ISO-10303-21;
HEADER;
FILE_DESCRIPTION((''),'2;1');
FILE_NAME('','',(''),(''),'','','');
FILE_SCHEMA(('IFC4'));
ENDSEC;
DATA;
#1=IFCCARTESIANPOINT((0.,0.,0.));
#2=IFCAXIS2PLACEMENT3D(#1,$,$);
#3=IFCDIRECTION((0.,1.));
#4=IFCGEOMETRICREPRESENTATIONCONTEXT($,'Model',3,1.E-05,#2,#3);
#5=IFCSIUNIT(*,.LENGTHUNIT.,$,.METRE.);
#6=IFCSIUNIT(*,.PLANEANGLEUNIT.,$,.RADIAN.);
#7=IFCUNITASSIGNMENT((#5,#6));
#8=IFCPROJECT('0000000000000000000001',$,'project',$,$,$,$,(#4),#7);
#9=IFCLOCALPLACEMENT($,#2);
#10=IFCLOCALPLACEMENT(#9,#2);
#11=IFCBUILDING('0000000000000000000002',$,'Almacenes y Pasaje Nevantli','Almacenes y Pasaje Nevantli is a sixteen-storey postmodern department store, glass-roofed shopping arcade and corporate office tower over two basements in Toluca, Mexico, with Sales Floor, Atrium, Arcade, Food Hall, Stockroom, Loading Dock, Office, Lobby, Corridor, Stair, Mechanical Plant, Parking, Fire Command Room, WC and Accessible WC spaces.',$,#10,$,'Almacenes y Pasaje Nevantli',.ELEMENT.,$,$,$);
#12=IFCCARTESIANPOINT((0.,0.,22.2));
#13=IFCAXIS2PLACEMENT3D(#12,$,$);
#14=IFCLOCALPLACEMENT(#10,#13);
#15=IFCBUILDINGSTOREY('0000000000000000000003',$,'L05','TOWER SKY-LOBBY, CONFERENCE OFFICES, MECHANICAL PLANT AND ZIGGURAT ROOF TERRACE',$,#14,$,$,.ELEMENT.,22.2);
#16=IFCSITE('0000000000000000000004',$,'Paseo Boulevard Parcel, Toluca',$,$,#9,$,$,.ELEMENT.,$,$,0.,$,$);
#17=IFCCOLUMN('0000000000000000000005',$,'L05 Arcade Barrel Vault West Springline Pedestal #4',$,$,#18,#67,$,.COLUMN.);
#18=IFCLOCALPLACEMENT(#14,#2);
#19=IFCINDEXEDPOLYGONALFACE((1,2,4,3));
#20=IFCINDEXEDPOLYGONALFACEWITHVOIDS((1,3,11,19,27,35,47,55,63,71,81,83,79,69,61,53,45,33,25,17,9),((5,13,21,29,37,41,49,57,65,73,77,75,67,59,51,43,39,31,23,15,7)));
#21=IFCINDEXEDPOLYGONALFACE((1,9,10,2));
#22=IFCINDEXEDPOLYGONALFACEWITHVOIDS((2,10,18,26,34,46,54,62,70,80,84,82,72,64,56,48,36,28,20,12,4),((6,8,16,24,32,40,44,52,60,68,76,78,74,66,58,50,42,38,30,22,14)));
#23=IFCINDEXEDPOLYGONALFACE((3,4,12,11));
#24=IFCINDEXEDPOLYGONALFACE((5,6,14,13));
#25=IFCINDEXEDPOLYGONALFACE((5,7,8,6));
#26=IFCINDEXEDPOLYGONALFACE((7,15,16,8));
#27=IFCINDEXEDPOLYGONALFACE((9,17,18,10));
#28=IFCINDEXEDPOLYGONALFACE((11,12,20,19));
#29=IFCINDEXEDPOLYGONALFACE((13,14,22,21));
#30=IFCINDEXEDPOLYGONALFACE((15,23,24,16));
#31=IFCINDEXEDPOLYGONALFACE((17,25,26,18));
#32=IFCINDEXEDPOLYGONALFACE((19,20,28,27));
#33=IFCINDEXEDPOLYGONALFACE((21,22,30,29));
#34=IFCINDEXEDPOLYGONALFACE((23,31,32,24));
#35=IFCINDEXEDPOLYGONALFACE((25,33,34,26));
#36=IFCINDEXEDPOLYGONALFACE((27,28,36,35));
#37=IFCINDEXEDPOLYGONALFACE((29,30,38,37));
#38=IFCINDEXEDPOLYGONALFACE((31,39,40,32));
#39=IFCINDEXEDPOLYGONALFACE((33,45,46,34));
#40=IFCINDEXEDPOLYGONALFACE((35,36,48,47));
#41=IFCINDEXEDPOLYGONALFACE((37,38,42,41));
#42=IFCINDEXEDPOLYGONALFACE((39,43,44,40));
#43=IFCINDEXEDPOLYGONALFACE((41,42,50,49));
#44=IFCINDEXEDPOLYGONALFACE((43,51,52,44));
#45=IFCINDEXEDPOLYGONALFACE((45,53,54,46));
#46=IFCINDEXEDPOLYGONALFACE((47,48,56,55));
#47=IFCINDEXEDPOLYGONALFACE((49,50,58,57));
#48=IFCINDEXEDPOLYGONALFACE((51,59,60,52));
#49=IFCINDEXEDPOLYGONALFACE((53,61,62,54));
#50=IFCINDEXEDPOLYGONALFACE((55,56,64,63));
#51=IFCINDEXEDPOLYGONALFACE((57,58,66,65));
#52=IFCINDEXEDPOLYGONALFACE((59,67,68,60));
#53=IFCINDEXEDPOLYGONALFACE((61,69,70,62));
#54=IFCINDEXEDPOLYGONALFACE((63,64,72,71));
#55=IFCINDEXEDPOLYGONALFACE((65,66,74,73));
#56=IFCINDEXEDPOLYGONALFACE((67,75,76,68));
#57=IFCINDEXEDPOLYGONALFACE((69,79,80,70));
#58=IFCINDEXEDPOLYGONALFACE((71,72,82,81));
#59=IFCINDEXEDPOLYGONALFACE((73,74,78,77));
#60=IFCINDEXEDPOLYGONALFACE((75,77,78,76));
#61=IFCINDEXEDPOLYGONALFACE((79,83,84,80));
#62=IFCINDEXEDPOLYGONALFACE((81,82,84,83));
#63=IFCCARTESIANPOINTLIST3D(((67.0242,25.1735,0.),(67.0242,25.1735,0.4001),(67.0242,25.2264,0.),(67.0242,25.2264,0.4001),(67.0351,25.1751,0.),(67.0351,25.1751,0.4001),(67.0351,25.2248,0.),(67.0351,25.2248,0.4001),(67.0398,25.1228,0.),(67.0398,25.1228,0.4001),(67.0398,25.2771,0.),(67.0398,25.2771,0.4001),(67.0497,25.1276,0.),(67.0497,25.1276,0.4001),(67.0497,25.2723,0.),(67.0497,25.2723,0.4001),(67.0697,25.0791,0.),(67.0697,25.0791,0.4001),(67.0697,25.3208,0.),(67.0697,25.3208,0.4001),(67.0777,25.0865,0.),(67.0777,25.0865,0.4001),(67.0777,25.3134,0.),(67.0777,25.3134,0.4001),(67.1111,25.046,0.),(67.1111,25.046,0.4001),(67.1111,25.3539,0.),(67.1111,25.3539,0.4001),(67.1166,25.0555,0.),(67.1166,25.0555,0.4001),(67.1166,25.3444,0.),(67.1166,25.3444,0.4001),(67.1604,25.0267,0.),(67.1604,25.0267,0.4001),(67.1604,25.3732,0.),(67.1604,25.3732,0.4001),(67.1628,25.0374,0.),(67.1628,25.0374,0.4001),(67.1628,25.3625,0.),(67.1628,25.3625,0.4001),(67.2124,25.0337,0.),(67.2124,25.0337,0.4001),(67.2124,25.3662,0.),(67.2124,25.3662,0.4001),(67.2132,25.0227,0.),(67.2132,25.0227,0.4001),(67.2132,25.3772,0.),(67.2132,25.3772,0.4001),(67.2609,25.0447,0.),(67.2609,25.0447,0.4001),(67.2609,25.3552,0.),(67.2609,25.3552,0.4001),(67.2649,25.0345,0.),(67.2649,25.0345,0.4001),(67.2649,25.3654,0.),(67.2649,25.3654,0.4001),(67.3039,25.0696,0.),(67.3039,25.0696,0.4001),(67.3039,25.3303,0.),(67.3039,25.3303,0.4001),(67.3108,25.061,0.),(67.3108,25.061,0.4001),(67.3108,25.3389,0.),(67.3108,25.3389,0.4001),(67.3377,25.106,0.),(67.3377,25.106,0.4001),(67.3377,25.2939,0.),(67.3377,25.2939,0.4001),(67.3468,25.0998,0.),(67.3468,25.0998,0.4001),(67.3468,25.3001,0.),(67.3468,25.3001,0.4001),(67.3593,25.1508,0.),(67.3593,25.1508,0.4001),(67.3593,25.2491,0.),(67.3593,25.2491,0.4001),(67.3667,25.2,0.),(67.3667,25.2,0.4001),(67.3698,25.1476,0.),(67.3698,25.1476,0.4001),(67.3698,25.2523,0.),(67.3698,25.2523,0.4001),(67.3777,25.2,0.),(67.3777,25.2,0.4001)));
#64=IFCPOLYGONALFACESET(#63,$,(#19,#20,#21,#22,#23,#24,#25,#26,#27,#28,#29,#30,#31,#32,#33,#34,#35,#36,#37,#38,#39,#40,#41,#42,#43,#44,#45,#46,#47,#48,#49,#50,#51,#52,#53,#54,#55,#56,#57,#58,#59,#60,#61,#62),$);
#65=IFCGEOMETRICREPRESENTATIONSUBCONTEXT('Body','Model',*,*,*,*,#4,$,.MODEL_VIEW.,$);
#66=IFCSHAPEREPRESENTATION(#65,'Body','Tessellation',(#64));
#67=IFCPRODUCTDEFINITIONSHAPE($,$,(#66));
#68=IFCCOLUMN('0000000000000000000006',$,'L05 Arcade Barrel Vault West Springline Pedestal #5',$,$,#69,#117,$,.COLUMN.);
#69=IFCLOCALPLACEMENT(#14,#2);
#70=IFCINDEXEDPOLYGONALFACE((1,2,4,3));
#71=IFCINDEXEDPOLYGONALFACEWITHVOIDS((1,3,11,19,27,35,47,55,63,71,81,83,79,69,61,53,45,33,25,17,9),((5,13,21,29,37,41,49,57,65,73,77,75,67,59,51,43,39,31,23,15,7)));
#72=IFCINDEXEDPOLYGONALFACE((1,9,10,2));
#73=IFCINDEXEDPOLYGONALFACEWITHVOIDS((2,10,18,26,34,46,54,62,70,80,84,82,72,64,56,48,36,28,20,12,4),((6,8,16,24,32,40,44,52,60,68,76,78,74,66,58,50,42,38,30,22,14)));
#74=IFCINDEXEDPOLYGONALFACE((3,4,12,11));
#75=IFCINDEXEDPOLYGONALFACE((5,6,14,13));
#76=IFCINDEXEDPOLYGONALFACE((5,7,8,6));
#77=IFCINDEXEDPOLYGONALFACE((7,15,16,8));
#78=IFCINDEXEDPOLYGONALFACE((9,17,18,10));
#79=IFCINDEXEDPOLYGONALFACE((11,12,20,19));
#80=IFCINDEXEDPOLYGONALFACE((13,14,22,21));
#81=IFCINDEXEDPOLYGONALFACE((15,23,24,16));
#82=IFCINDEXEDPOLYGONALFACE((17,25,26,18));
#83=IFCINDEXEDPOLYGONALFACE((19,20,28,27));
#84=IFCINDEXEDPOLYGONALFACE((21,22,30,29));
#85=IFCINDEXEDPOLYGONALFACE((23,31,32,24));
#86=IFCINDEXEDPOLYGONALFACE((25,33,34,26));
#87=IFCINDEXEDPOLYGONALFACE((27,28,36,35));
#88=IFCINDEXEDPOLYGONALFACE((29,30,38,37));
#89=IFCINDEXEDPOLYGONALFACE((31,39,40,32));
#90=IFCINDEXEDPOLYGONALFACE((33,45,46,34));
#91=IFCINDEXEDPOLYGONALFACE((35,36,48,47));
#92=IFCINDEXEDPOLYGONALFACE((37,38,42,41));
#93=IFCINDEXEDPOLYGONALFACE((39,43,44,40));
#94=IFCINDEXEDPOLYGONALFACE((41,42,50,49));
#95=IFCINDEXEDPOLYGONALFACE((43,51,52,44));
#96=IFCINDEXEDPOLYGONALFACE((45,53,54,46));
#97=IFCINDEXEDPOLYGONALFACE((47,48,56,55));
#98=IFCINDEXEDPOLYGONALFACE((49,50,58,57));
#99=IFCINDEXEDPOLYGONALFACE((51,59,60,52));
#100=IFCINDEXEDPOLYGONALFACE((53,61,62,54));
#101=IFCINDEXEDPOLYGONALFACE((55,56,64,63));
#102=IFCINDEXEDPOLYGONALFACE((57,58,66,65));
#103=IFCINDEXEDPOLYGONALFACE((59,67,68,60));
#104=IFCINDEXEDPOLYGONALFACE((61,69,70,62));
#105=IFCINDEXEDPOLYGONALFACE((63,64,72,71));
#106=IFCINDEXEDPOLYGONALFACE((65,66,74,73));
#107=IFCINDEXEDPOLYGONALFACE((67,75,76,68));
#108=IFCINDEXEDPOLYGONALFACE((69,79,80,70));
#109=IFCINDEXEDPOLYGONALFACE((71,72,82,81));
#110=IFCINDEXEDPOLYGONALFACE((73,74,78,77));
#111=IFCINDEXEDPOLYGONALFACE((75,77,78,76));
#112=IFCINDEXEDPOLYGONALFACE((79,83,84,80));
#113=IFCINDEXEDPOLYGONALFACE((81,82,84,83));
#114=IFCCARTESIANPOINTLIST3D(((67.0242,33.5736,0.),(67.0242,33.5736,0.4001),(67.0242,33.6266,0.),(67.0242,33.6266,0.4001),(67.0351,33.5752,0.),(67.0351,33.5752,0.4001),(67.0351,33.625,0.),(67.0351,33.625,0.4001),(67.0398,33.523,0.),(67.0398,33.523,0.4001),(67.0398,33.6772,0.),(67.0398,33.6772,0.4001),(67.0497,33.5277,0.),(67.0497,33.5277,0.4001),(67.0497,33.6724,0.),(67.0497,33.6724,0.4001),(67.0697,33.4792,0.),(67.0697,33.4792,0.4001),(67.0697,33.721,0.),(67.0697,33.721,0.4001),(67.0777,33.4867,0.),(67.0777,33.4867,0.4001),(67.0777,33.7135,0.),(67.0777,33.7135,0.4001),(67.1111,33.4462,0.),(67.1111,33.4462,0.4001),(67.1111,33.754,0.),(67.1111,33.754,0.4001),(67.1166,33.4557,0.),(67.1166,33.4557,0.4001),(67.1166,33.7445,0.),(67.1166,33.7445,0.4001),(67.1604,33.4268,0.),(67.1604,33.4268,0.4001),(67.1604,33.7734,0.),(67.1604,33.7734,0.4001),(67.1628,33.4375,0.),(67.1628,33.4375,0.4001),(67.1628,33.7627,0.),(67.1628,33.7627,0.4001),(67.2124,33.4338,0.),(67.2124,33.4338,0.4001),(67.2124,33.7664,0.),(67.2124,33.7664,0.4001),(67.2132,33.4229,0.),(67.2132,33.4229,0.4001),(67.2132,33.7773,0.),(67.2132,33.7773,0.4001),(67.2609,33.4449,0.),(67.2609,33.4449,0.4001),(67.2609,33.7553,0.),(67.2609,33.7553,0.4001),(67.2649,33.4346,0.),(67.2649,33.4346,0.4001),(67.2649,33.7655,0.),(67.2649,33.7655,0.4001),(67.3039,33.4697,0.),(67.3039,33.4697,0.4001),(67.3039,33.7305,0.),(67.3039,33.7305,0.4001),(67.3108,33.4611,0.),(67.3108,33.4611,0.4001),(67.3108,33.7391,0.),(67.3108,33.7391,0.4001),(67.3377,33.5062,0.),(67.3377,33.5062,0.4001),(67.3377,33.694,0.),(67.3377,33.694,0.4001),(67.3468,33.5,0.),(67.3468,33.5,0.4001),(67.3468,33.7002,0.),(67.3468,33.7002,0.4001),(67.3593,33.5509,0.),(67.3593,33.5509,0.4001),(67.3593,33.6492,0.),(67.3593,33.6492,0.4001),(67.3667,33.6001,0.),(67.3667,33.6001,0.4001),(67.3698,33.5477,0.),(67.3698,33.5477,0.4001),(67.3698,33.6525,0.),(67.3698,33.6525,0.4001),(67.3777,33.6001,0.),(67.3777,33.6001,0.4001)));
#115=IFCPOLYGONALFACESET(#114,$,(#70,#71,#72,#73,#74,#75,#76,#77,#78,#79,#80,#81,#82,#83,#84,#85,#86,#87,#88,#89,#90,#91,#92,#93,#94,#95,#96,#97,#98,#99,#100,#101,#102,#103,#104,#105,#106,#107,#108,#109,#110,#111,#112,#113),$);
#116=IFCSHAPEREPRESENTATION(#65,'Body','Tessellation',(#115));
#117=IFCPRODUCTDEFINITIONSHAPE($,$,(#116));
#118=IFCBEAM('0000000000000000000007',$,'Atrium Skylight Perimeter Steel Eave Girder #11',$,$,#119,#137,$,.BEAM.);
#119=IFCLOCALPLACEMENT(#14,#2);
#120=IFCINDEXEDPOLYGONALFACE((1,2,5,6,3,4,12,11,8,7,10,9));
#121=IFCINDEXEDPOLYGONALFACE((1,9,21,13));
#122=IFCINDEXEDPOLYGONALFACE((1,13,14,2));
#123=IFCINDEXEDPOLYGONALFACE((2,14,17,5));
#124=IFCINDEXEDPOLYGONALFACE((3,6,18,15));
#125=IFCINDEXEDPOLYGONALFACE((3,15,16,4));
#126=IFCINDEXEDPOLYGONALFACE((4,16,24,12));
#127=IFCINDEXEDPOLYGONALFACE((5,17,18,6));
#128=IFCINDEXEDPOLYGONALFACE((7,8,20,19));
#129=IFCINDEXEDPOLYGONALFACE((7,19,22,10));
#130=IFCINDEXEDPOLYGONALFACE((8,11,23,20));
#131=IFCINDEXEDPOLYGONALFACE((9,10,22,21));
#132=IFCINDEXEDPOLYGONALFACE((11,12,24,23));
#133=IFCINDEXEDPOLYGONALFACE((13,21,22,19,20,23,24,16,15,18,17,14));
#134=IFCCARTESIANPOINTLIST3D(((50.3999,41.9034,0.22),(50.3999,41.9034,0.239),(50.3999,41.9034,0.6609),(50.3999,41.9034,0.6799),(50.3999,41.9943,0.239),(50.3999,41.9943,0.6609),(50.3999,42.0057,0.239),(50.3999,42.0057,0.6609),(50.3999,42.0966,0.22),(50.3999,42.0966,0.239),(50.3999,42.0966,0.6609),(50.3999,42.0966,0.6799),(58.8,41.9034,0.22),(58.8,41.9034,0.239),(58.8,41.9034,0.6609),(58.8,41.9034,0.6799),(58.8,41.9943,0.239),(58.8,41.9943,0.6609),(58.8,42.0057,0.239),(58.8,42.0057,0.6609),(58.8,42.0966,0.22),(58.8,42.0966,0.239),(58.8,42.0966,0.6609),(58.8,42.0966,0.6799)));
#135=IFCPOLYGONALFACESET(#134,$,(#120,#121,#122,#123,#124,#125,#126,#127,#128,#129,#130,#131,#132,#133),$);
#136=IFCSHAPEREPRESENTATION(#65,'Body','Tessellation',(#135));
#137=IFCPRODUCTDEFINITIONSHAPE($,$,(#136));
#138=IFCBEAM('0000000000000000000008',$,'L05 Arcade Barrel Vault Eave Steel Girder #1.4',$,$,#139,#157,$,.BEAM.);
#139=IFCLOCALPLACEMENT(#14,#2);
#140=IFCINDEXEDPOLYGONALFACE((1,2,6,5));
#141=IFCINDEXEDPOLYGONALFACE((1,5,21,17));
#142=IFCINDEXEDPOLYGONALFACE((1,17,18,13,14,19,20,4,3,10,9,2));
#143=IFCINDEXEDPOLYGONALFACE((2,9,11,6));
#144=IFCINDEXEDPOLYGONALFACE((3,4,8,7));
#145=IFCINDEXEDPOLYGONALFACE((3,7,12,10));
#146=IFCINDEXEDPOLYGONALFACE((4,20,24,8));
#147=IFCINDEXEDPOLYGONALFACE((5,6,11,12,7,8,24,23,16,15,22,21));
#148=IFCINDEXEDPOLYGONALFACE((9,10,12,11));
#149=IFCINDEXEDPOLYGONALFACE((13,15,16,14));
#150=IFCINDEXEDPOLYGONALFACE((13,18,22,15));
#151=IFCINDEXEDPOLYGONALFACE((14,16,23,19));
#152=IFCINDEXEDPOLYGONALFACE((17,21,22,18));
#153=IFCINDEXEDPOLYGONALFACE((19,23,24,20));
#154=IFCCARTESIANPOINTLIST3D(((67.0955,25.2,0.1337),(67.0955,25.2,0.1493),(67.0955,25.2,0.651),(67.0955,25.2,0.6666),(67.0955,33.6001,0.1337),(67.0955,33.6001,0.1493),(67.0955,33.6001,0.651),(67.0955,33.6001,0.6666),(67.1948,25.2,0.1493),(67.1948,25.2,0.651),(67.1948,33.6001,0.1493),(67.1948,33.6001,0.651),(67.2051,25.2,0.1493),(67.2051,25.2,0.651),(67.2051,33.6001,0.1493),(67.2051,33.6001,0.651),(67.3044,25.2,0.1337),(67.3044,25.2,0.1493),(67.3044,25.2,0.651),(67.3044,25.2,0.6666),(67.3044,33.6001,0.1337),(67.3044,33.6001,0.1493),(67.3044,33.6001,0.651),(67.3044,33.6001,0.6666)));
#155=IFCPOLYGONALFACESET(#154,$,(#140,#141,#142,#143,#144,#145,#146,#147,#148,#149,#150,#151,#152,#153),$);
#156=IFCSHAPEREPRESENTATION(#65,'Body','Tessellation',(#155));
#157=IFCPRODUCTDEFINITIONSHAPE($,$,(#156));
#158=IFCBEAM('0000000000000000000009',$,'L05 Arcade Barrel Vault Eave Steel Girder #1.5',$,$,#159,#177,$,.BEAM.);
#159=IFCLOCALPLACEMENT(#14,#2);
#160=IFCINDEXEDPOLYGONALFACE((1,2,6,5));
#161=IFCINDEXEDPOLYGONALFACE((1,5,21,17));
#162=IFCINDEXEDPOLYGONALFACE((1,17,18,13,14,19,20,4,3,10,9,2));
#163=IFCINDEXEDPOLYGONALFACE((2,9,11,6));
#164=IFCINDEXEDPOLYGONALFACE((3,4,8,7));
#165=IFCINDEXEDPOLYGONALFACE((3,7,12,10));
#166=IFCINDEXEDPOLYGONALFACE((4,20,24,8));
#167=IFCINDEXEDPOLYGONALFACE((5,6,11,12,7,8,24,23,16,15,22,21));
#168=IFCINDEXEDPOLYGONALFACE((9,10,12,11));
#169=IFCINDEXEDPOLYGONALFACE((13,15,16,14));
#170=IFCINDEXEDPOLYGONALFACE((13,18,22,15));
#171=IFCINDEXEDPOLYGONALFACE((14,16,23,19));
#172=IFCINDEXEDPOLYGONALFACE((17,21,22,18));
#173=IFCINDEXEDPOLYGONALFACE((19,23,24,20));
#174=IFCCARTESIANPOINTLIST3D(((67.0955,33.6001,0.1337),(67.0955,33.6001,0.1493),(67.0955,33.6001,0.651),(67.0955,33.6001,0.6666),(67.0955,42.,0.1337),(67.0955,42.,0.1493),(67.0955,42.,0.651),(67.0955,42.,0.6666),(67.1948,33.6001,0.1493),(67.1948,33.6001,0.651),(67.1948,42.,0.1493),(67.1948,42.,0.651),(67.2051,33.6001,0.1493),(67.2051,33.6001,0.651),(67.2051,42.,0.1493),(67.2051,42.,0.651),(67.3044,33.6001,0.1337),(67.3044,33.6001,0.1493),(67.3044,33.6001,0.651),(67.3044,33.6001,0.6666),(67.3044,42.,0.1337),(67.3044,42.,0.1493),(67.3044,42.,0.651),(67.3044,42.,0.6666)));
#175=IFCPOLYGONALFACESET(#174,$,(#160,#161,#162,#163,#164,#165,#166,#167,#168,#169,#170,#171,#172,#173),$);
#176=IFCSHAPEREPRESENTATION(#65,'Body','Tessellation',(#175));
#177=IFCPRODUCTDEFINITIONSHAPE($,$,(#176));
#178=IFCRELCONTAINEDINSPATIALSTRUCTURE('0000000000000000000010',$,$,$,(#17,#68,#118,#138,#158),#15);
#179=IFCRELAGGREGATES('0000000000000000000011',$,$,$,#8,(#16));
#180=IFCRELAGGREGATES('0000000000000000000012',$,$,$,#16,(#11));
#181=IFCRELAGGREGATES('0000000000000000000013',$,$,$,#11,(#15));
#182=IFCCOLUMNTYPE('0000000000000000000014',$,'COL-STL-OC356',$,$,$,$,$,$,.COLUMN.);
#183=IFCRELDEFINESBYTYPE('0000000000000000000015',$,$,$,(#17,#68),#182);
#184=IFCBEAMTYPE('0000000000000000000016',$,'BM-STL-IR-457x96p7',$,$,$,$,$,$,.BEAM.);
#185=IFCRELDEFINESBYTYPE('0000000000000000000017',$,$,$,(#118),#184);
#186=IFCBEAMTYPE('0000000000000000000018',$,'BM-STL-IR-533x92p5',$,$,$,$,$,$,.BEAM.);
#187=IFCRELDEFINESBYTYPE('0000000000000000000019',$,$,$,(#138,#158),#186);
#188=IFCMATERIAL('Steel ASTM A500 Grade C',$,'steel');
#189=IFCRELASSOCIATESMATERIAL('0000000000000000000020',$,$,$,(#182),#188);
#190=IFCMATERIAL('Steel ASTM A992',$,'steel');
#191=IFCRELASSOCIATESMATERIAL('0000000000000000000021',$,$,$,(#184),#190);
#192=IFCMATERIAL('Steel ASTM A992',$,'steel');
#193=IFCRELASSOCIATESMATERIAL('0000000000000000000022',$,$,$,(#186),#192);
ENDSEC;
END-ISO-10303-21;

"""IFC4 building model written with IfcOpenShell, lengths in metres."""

from ifc_helpers import new_model, si_unit, direction, frame, origin, origin_2d, place, context, subcontext, project, spatial, hollow_circle, i_section, extrude, material, material_profile, profile_set, type_object, element, save


model = new_model("IFC4")

# Units and contexts
model_context = context("Model", 3, precision=1e-05, world=origin(), true_north=direction((0.0, 1.0)))
body_context = subcontext(model_context, "Body", "Model", "MODEL_VIEW")
ifc_project = project(units=[si_unit("LENGTHUNIT", "METRE"), si_unit("PLANEANGLEUNIT", "RADIAN")], contexts=[model_context])

# Site, building, storey
site_placement = place(None, origin())
site = spatial("IfcSite", under=ifc_project, at=site_placement, Name="Paseo Boulevard Parcel, Toluca", CompositionType="ELEMENT", RefElevation=0.0)
building_placement = place(site_placement, origin())
building = spatial("IfcBuilding", under=site, at=building_placement, Name="Almacenes y Pasaje Nevantli", Description="Almacenes y Pasaje Nevantli is a sixteen-storey postmodern department store, glass-roofed shopping arcade and corporate office tower over two basements in Toluca, Mexico, with Sales Floor, Atrium, Arcade, Food Hall, Stockroom, Loading Dock, Office, Lobby, Corridor, Stair, Mechanical Plant, Parking, Fire Command Room, WC and Accessible WC spaces.", LongName="Almacenes y Pasaje Nevantli", CompositionType="ELEMENT")
storey_placement = place(building_placement, frame((0.0, 0.0, 22.2)))
storey = spatial("IfcBuildingStorey", under=building, at=storey_placement, Name="L05", Description="TOWER SKY-LOBBY, CONFERENCE OFFICES, MECHANICAL PLANT AND ZIGGURAT ROOF TERRACE", CompositionType="ELEMENT", Elevation=22.2)

# Columns
ifc_material_1 = material(Name="Steel ASTM A500 Grade C", Category="steel")
ifc_material_profile_1 = material_profile(ifc_material_1, hollow_circle(Radius=0.1777, WallThickness=0.011, at=origin_2d()), Name="OC 356x11.1")
ifc_profile_set_1 = profile_set([ifc_material_profile_1], Name="Steel ASTM A500 Grade C")
column_type = type_object("IfcColumnType", Name="COL-STL-OC356", PredefinedType="COLUMN", material=ifc_profile_set_1)
for number, where, z_axis, x_axis, name in (
    (1, (67.2, 25.2, 0.0), (0.0, 0.0, 1.0), (1.0, 0.0, 0.0), "L05 Arcade Barrel Vault West Springline Pedestal #4"),
    (2, (67.2, 33.6001, 0.0), (0.0, 0.0, 1.0), (1.0, 0.0, 0.0), "L05 Arcade Barrel Vault West Springline Pedestal #5"),
):
    element("IfcColumn", number, at=place(storey_placement, frame(where, z_axis=z_axis, x_axis=x_axis)), inside=storey, type_object=column_type, Name=name, PredefinedType="COLUMN", context=body_context, shape_type="SweptSolid", body=[
        extrude(hollow_circle(Radius=0.1777, WallThickness=0.011, at=origin_2d()), origin(), (0.0, 0.0, 1.0), 0.4001),
    ])

# Beams
ifc_material_2 = material(Name="Steel ASTM A992", Category="steel")
ifc_material_profile_2 = material_profile(ifc_material_2, i_section(OverallWidth=0.1931, OverallDepth=0.46, WebThickness=0.0115, FlangeThickness=0.019, at=origin_2d()), Name="IR 457x96.7")
ifc_profile_set_2 = profile_set([ifc_material_profile_2], Name="Steel ASTM A992")
beam_type_1 = type_object("IfcBeamType", Name="BM-STL-IR-457x96p7", PredefinedType="BEAM", material=ifc_profile_set_2)
beam_1_placement = place(storey_placement, frame((50.3999, 42.0, 0.45), z_axis=(1.0, 0.0, 0.0), x_axis=(0.0, 1.0, 0.0)))
element("IfcBeam", 3, at=beam_1_placement, inside=storey, type_object=beam_type_1, Name="Atrium Skylight Perimeter Steel Eave Girder #11", PredefinedType="BEAM", context=body_context, shape_type="SweptSolid", body=[
    extrude(i_section(OverallWidth=0.1931, OverallDepth=0.46, WebThickness=0.0115, FlangeThickness=0.019, at=origin_2d()), origin(), (0.0, 0.0, 1.0), 8.4001),
])
ifc_material_3 = material(Name="Steel ASTM A992", Category="steel")
ifc_material_profile_3 = material_profile(ifc_material_3, i_section(OverallWidth=0.209, OverallDepth=0.533, WebThickness=0.0103, FlangeThickness=0.0156, at=origin_2d()), Name="IR 533x92.5")
ifc_profile_set_3 = profile_set([ifc_material_profile_3], Name="Steel ASTM A992")
beam_type_2 = type_object("IfcBeamType", Name="BM-STL-IR-533x92p5", PredefinedType="BEAM", material=ifc_profile_set_3)
beam_2_placement = place(storey_placement, frame((67.2, 25.2, 0.4001), z_axis=(0.0, 1.0, 0.0), x_axis=(-1.0, 0.0, 0.0)))
element("IfcBeam", 4, at=beam_2_placement, inside=storey, type_object=beam_type_2, Name="L05 Arcade Barrel Vault Eave Steel Girder #1.4", PredefinedType="BEAM", context=body_context, shape_type="SweptSolid", body=[
    extrude(i_section(OverallWidth=0.209, OverallDepth=0.533, WebThickness=0.0103, FlangeThickness=0.0156, at=origin_2d()), origin(), (0.0, 0.0, 1.0), 8.4001),
])
beam_3_placement = place(storey_placement, frame((67.2, 33.6001, 0.4001), z_axis=(0.0, 1.0, 0.0), x_axis=(-1.0, 0.0, 0.0)))
element("IfcBeam", 5, at=beam_3_placement, inside=storey, type_object=beam_type_2, Name="L05 Arcade Barrel Vault Eave Steel Girder #1.5", PredefinedType="BEAM", context=body_context, shape_type="SweptSolid", body=[
    extrude(i_section(OverallWidth=0.209, OverallDepth=0.533, WebThickness=0.0103, FlangeThickness=0.0156, at=origin_2d()), origin(), (0.0, 0.0, 1.0), 8.3999),
])

save(model, "model.ifc")
